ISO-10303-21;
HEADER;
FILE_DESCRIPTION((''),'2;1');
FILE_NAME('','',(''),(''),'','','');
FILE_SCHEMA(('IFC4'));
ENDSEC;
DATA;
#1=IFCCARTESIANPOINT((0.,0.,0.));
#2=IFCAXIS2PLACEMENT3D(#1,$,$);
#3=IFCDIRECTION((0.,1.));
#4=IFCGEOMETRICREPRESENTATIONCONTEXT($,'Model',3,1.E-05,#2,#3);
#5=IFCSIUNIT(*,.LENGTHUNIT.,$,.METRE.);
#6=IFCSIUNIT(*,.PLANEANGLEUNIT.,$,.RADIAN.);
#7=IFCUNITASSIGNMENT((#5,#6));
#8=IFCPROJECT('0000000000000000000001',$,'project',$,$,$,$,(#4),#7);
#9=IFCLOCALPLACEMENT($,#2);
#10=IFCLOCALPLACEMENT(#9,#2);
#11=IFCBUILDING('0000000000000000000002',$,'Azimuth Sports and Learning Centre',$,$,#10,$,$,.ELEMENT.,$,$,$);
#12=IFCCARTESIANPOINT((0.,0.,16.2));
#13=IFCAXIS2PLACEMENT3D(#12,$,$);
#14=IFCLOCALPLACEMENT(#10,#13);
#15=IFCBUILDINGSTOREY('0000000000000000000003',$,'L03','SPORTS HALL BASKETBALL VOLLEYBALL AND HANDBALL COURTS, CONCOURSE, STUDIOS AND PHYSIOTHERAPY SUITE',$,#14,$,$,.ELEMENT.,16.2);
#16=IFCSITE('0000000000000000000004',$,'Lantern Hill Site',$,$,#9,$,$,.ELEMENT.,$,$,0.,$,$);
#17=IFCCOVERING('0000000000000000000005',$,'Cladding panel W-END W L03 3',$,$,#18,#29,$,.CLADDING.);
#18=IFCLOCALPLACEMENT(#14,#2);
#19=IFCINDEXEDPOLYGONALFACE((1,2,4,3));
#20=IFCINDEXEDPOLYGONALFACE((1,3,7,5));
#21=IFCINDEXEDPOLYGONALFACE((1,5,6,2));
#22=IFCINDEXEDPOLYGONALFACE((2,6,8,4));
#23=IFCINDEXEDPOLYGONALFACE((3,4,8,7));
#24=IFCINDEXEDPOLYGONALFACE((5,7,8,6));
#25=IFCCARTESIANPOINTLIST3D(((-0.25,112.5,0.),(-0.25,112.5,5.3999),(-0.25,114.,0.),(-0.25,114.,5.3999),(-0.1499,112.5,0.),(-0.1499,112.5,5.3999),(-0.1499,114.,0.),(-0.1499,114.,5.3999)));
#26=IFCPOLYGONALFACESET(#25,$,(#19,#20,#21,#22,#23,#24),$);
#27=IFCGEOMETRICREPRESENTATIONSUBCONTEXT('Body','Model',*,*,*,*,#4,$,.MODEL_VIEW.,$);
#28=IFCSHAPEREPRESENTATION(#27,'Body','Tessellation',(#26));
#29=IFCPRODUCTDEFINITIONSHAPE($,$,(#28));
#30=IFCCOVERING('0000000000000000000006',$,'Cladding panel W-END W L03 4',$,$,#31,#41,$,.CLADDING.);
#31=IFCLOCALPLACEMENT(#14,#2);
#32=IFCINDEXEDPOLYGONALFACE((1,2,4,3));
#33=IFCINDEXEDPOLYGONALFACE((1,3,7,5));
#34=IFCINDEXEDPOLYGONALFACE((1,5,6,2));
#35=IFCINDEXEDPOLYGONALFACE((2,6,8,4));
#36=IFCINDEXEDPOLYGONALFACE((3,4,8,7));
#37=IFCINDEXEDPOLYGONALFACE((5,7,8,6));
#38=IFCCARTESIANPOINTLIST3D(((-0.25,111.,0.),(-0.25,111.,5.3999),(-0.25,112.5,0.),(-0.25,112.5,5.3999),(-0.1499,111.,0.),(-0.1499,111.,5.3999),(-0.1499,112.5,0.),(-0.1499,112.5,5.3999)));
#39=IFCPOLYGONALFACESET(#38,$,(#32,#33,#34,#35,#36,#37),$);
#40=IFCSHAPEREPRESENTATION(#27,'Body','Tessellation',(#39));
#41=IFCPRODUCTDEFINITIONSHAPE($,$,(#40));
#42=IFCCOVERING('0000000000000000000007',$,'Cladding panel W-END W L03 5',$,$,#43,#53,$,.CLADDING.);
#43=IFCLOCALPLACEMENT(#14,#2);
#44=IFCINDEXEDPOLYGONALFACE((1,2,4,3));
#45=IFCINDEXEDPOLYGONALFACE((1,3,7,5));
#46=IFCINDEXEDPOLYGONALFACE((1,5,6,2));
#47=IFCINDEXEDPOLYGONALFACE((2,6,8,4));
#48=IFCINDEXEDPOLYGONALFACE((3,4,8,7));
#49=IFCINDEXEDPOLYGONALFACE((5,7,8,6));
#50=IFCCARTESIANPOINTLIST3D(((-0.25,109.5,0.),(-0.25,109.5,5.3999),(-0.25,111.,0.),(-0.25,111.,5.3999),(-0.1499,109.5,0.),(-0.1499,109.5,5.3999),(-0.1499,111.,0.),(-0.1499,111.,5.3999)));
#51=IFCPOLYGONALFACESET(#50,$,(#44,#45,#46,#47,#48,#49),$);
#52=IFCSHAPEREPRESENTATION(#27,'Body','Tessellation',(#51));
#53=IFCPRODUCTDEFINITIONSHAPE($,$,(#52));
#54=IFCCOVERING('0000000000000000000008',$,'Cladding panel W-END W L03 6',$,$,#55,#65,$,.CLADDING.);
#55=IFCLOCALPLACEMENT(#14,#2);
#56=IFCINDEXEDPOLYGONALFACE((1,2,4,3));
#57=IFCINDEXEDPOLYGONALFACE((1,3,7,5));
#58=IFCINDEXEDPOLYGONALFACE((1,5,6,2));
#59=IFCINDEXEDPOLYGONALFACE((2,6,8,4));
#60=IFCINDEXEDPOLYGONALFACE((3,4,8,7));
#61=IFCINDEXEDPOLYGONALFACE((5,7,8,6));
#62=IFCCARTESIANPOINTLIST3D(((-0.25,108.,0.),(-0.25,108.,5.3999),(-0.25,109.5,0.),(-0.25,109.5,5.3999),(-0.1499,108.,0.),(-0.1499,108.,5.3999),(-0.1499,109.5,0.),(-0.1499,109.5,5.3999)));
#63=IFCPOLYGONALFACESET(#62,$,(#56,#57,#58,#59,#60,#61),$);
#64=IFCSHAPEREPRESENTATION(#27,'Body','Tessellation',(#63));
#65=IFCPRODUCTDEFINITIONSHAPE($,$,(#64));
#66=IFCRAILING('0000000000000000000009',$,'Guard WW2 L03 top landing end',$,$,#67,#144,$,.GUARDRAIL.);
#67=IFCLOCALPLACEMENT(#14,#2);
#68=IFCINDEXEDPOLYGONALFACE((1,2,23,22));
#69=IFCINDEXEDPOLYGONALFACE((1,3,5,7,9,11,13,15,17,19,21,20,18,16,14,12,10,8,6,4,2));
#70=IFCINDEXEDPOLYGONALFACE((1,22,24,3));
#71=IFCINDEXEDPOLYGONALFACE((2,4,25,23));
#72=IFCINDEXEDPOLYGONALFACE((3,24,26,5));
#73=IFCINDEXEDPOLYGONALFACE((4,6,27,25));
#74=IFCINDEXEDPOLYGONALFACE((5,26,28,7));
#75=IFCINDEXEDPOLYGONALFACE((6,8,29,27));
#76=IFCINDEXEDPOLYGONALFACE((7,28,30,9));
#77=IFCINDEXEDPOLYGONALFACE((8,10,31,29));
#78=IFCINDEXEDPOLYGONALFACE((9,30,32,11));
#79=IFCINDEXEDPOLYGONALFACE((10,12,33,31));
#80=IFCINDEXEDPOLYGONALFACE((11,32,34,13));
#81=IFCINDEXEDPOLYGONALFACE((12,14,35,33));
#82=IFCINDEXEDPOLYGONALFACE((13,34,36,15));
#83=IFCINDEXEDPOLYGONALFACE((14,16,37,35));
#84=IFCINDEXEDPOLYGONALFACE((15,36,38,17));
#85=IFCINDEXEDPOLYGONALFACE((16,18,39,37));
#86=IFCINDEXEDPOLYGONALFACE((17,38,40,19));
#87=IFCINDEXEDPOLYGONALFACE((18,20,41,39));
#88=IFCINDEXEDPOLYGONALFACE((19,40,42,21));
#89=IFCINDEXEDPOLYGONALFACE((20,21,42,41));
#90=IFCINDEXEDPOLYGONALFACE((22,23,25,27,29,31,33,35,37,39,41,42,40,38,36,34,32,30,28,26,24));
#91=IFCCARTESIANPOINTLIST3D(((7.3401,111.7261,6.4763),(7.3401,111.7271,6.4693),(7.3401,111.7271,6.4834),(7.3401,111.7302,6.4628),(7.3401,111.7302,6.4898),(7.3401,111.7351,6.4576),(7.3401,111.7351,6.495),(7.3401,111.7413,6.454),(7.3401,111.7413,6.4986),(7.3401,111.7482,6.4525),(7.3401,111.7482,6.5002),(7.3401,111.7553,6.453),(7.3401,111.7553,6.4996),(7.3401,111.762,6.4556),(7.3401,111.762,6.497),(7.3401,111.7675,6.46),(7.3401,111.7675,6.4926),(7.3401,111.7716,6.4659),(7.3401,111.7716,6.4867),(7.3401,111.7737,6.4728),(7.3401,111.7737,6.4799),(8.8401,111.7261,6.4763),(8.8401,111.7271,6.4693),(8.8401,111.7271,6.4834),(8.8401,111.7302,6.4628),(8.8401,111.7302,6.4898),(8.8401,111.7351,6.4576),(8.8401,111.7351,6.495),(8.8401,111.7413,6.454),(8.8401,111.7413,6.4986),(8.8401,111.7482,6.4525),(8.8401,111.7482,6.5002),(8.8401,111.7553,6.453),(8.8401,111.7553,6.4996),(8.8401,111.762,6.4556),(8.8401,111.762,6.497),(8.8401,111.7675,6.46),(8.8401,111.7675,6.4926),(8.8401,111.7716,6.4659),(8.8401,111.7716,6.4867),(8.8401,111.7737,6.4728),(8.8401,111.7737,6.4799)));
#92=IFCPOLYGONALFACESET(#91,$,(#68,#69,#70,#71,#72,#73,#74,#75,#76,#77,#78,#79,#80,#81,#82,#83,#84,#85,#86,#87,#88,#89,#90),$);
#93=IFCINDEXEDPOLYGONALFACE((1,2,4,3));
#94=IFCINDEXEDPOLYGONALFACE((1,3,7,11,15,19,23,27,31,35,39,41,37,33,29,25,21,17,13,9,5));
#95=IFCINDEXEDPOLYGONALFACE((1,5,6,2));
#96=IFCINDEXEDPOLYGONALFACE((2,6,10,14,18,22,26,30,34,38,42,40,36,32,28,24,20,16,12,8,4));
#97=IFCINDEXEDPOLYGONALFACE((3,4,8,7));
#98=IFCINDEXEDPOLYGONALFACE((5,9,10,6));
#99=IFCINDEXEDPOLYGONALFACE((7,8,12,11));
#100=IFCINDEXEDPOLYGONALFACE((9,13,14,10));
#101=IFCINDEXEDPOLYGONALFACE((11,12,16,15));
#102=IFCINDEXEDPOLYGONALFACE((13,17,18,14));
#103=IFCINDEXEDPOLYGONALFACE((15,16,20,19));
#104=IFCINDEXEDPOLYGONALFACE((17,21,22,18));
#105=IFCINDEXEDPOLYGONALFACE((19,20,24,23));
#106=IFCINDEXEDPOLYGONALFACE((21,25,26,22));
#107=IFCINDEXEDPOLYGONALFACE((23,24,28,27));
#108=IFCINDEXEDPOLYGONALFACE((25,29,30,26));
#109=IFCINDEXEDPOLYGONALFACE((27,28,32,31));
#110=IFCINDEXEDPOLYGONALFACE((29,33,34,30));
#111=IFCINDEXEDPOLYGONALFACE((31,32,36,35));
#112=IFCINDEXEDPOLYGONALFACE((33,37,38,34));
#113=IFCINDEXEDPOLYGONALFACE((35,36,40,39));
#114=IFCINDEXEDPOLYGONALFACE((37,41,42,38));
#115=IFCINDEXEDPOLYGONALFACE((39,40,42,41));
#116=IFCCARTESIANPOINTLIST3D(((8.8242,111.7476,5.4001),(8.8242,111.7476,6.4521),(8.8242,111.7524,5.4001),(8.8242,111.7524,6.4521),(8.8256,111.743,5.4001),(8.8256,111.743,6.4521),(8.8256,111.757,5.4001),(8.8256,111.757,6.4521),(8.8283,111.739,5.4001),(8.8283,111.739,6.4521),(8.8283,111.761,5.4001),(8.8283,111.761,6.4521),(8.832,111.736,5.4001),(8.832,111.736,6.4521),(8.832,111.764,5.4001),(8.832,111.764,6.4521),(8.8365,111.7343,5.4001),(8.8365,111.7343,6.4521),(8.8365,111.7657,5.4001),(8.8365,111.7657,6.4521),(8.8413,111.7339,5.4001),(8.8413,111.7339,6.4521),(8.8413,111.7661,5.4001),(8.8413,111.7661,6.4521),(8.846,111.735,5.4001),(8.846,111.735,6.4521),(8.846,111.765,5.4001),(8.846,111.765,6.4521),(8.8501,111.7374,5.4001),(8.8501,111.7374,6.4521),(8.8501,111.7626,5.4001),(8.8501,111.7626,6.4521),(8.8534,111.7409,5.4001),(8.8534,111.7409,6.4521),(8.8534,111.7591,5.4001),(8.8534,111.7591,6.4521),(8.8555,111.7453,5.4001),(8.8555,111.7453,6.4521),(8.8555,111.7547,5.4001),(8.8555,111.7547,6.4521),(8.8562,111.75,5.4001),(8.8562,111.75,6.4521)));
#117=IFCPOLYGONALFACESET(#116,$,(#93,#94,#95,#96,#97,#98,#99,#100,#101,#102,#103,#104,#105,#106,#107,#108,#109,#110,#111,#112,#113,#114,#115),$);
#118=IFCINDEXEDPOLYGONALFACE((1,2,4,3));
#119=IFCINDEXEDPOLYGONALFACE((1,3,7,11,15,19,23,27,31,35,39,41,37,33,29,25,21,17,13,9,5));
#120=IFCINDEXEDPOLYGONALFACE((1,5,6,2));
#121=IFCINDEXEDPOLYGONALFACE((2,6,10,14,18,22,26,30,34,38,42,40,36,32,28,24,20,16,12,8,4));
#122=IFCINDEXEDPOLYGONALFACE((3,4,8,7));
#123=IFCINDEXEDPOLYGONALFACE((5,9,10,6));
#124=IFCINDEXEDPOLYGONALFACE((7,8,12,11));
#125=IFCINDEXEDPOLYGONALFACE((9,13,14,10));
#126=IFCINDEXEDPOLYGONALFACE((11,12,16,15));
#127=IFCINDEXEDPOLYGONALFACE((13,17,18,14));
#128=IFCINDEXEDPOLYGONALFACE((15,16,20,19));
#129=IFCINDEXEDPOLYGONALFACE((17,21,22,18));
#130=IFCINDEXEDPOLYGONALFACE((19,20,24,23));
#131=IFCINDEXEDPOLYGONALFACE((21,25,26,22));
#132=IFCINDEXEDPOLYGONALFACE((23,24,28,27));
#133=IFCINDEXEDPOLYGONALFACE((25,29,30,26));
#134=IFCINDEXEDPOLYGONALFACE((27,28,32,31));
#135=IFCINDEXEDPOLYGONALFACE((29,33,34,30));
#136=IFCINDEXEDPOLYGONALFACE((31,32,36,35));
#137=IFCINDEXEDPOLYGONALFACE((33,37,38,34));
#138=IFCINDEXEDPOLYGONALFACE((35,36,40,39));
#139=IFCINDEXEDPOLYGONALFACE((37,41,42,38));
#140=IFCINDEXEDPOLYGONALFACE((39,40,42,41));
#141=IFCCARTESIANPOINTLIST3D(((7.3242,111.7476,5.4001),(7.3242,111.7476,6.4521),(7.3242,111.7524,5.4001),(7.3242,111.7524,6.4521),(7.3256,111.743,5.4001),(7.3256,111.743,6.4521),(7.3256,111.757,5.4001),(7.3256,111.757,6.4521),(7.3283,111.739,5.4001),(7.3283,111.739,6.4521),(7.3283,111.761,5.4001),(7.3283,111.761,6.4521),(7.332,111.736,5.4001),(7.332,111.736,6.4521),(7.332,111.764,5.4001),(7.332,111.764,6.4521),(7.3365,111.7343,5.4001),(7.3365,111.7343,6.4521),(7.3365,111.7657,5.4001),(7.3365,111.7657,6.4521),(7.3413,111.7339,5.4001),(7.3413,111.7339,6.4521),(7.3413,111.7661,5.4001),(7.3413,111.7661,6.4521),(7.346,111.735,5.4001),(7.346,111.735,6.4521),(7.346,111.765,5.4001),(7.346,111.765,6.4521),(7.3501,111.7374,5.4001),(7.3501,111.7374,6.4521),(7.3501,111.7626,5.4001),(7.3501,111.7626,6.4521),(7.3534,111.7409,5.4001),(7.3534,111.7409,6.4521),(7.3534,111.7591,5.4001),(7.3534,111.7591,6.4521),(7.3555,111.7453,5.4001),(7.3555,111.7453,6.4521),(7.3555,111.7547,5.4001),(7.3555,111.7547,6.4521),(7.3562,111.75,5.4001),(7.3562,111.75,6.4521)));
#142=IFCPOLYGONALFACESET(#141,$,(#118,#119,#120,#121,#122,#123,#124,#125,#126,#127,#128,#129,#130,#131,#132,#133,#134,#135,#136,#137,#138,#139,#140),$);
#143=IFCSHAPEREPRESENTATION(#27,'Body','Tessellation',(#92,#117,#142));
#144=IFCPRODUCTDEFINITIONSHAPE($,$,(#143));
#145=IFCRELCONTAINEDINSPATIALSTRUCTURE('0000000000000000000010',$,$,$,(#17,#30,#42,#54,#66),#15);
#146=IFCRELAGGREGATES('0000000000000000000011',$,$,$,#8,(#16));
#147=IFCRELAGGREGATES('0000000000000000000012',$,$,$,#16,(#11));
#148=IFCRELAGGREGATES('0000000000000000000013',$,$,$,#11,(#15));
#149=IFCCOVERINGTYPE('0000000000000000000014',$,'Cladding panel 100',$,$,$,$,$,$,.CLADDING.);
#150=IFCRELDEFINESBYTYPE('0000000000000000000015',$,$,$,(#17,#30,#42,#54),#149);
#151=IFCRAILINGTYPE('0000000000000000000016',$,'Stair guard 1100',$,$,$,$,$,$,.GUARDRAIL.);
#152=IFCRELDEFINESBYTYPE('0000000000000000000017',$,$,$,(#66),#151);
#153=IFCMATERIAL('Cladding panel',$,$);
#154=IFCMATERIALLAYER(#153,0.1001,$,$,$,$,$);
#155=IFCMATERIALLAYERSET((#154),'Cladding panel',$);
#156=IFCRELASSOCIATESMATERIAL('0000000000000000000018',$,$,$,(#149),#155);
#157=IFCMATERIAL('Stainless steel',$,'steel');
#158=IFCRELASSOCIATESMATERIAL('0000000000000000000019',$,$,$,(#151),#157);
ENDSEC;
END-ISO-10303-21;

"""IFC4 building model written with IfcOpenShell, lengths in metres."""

from ifc_helpers import new_model, si_unit, direction, frame, origin, origin_2d, place, context, subcontext, project, spatial, rectangle, circle, extrude, material, layer, layer_set, type_object, element, save


model = new_model("IFC4")

# Units and contexts
model_context = context("Model", 3, precision=1e-05, world=origin(), true_north=direction((0.0, 1.0)))
body_context = subcontext(model_context, "Body", "Model", "MODEL_VIEW")
ifc_project = project(units=[si_unit("LENGTHUNIT", "METRE"), si_unit("PLANEANGLEUNIT", "RADIAN")], contexts=[model_context])

# Site, building, storey
site_placement = place(None, origin())
site = spatial("IfcSite", under=ifc_project, at=site_placement, Name="Lantern Hill Site", CompositionType="ELEMENT", RefElevation=0.0)
building_placement = place(site_placement, origin())
building = spatial("IfcBuilding", under=site, at=building_placement, Name="Azimuth Sports and Learning Centre", CompositionType="ELEMENT")
storey_placement = place(building_placement, frame((0.0, 0.0, 16.2)))
storey = spatial("IfcBuildingStorey", under=building, at=storey_placement, Name="L03", Description="SPORTS HALL BASKETBALL VOLLEYBALL AND HANDBALL COURTS, CONCOURSE, STUDIOS AND PHYSIOTHERAPY SUITE", CompositionType="ELEMENT", Elevation=16.2)

# Coverings
ifc_material_1 = material(Name="Cladding panel")
ifc_layer_1 = layer(ifc_material_1, 0.1001)
ifc_layer_set_1 = layer_set([ifc_layer_1], Name="Cladding panel")
covering_type = type_object("IfcCoveringType", Name="Cladding panel 100", PredefinedType="CLADDING", material=ifc_layer_set_1)
for number, where, z_axis, x_axis, name in (
    (1, (-0.2, 113.25, 0.0), (0.0, 0.0, 1.0), (0.0, -1.0, 0.0), "Cladding panel W-END W L03 3"),
    (2, (-0.2, 111.75, 0.0), (0.0, 0.0, 1.0), (0.0, -1.0, 0.0), "Cladding panel W-END W L03 4"),
    (3, (-0.2, 110.25, 0.0), (0.0, 0.0, 1.0), (0.0, -1.0, 0.0), "Cladding panel W-END W L03 5"),
    (4, (-0.2, 108.75, 0.0), (0.0, 0.0, 1.0), (0.0, -1.0, 0.0), "Cladding panel W-END W L03 6"),
):
    element("IfcCovering", number, at=place(storey_placement, frame(where, z_axis=z_axis, x_axis=x_axis)), inside=storey, type_object=covering_type, Name=name, PredefinedType="CLADDING", context=body_context, shape_type="SweptSolid", body=[
        extrude(rectangle(XDim=1.5, YDim=0.1001, at=origin_2d()), origin(), (0.0, 0.0, 1.0), 5.3999),
    ])

# Railing
ifc_material_2 = material(Name="Stainless steel", Category="steel")
railing_type_1 = type_object("IfcRailingType", Name="Stair guard 1100", PredefinedType="GUARDRAIL", material=ifc_material_2)
railing_1_placement = place(storey_placement, frame((8.8401, 111.75, 5.4001)))
element("IfcRailing", 5, at=railing_1_placement, inside=storey, type_object=railing_type_1, Name="Guard WW2 L03 top landing end", PredefinedType="GUARDRAIL", context=body_context, shape_type="SweptSolid", body=[
    extrude(circle(Radius=0.0239, at=origin_2d()), frame((0.0, 0.0, 1.0762), z_axis=(-1.0, 0.0, 0.0), x_axis=(0.0, -1.0, 0.0)), (0.0, 0.0, 1.0), 1.5),
    extrude(circle(Radius=0.0161, at=origin_2d()), origin(), (0.0, 0.0, 1.0), 1.052),
    extrude(circle(Radius=0.0161, at=origin_2d()), frame((-1.5, 0.0, 0.0)), (0.0, 0.0, 1.0), 1.052),
])

save(model, "model.ifc")
